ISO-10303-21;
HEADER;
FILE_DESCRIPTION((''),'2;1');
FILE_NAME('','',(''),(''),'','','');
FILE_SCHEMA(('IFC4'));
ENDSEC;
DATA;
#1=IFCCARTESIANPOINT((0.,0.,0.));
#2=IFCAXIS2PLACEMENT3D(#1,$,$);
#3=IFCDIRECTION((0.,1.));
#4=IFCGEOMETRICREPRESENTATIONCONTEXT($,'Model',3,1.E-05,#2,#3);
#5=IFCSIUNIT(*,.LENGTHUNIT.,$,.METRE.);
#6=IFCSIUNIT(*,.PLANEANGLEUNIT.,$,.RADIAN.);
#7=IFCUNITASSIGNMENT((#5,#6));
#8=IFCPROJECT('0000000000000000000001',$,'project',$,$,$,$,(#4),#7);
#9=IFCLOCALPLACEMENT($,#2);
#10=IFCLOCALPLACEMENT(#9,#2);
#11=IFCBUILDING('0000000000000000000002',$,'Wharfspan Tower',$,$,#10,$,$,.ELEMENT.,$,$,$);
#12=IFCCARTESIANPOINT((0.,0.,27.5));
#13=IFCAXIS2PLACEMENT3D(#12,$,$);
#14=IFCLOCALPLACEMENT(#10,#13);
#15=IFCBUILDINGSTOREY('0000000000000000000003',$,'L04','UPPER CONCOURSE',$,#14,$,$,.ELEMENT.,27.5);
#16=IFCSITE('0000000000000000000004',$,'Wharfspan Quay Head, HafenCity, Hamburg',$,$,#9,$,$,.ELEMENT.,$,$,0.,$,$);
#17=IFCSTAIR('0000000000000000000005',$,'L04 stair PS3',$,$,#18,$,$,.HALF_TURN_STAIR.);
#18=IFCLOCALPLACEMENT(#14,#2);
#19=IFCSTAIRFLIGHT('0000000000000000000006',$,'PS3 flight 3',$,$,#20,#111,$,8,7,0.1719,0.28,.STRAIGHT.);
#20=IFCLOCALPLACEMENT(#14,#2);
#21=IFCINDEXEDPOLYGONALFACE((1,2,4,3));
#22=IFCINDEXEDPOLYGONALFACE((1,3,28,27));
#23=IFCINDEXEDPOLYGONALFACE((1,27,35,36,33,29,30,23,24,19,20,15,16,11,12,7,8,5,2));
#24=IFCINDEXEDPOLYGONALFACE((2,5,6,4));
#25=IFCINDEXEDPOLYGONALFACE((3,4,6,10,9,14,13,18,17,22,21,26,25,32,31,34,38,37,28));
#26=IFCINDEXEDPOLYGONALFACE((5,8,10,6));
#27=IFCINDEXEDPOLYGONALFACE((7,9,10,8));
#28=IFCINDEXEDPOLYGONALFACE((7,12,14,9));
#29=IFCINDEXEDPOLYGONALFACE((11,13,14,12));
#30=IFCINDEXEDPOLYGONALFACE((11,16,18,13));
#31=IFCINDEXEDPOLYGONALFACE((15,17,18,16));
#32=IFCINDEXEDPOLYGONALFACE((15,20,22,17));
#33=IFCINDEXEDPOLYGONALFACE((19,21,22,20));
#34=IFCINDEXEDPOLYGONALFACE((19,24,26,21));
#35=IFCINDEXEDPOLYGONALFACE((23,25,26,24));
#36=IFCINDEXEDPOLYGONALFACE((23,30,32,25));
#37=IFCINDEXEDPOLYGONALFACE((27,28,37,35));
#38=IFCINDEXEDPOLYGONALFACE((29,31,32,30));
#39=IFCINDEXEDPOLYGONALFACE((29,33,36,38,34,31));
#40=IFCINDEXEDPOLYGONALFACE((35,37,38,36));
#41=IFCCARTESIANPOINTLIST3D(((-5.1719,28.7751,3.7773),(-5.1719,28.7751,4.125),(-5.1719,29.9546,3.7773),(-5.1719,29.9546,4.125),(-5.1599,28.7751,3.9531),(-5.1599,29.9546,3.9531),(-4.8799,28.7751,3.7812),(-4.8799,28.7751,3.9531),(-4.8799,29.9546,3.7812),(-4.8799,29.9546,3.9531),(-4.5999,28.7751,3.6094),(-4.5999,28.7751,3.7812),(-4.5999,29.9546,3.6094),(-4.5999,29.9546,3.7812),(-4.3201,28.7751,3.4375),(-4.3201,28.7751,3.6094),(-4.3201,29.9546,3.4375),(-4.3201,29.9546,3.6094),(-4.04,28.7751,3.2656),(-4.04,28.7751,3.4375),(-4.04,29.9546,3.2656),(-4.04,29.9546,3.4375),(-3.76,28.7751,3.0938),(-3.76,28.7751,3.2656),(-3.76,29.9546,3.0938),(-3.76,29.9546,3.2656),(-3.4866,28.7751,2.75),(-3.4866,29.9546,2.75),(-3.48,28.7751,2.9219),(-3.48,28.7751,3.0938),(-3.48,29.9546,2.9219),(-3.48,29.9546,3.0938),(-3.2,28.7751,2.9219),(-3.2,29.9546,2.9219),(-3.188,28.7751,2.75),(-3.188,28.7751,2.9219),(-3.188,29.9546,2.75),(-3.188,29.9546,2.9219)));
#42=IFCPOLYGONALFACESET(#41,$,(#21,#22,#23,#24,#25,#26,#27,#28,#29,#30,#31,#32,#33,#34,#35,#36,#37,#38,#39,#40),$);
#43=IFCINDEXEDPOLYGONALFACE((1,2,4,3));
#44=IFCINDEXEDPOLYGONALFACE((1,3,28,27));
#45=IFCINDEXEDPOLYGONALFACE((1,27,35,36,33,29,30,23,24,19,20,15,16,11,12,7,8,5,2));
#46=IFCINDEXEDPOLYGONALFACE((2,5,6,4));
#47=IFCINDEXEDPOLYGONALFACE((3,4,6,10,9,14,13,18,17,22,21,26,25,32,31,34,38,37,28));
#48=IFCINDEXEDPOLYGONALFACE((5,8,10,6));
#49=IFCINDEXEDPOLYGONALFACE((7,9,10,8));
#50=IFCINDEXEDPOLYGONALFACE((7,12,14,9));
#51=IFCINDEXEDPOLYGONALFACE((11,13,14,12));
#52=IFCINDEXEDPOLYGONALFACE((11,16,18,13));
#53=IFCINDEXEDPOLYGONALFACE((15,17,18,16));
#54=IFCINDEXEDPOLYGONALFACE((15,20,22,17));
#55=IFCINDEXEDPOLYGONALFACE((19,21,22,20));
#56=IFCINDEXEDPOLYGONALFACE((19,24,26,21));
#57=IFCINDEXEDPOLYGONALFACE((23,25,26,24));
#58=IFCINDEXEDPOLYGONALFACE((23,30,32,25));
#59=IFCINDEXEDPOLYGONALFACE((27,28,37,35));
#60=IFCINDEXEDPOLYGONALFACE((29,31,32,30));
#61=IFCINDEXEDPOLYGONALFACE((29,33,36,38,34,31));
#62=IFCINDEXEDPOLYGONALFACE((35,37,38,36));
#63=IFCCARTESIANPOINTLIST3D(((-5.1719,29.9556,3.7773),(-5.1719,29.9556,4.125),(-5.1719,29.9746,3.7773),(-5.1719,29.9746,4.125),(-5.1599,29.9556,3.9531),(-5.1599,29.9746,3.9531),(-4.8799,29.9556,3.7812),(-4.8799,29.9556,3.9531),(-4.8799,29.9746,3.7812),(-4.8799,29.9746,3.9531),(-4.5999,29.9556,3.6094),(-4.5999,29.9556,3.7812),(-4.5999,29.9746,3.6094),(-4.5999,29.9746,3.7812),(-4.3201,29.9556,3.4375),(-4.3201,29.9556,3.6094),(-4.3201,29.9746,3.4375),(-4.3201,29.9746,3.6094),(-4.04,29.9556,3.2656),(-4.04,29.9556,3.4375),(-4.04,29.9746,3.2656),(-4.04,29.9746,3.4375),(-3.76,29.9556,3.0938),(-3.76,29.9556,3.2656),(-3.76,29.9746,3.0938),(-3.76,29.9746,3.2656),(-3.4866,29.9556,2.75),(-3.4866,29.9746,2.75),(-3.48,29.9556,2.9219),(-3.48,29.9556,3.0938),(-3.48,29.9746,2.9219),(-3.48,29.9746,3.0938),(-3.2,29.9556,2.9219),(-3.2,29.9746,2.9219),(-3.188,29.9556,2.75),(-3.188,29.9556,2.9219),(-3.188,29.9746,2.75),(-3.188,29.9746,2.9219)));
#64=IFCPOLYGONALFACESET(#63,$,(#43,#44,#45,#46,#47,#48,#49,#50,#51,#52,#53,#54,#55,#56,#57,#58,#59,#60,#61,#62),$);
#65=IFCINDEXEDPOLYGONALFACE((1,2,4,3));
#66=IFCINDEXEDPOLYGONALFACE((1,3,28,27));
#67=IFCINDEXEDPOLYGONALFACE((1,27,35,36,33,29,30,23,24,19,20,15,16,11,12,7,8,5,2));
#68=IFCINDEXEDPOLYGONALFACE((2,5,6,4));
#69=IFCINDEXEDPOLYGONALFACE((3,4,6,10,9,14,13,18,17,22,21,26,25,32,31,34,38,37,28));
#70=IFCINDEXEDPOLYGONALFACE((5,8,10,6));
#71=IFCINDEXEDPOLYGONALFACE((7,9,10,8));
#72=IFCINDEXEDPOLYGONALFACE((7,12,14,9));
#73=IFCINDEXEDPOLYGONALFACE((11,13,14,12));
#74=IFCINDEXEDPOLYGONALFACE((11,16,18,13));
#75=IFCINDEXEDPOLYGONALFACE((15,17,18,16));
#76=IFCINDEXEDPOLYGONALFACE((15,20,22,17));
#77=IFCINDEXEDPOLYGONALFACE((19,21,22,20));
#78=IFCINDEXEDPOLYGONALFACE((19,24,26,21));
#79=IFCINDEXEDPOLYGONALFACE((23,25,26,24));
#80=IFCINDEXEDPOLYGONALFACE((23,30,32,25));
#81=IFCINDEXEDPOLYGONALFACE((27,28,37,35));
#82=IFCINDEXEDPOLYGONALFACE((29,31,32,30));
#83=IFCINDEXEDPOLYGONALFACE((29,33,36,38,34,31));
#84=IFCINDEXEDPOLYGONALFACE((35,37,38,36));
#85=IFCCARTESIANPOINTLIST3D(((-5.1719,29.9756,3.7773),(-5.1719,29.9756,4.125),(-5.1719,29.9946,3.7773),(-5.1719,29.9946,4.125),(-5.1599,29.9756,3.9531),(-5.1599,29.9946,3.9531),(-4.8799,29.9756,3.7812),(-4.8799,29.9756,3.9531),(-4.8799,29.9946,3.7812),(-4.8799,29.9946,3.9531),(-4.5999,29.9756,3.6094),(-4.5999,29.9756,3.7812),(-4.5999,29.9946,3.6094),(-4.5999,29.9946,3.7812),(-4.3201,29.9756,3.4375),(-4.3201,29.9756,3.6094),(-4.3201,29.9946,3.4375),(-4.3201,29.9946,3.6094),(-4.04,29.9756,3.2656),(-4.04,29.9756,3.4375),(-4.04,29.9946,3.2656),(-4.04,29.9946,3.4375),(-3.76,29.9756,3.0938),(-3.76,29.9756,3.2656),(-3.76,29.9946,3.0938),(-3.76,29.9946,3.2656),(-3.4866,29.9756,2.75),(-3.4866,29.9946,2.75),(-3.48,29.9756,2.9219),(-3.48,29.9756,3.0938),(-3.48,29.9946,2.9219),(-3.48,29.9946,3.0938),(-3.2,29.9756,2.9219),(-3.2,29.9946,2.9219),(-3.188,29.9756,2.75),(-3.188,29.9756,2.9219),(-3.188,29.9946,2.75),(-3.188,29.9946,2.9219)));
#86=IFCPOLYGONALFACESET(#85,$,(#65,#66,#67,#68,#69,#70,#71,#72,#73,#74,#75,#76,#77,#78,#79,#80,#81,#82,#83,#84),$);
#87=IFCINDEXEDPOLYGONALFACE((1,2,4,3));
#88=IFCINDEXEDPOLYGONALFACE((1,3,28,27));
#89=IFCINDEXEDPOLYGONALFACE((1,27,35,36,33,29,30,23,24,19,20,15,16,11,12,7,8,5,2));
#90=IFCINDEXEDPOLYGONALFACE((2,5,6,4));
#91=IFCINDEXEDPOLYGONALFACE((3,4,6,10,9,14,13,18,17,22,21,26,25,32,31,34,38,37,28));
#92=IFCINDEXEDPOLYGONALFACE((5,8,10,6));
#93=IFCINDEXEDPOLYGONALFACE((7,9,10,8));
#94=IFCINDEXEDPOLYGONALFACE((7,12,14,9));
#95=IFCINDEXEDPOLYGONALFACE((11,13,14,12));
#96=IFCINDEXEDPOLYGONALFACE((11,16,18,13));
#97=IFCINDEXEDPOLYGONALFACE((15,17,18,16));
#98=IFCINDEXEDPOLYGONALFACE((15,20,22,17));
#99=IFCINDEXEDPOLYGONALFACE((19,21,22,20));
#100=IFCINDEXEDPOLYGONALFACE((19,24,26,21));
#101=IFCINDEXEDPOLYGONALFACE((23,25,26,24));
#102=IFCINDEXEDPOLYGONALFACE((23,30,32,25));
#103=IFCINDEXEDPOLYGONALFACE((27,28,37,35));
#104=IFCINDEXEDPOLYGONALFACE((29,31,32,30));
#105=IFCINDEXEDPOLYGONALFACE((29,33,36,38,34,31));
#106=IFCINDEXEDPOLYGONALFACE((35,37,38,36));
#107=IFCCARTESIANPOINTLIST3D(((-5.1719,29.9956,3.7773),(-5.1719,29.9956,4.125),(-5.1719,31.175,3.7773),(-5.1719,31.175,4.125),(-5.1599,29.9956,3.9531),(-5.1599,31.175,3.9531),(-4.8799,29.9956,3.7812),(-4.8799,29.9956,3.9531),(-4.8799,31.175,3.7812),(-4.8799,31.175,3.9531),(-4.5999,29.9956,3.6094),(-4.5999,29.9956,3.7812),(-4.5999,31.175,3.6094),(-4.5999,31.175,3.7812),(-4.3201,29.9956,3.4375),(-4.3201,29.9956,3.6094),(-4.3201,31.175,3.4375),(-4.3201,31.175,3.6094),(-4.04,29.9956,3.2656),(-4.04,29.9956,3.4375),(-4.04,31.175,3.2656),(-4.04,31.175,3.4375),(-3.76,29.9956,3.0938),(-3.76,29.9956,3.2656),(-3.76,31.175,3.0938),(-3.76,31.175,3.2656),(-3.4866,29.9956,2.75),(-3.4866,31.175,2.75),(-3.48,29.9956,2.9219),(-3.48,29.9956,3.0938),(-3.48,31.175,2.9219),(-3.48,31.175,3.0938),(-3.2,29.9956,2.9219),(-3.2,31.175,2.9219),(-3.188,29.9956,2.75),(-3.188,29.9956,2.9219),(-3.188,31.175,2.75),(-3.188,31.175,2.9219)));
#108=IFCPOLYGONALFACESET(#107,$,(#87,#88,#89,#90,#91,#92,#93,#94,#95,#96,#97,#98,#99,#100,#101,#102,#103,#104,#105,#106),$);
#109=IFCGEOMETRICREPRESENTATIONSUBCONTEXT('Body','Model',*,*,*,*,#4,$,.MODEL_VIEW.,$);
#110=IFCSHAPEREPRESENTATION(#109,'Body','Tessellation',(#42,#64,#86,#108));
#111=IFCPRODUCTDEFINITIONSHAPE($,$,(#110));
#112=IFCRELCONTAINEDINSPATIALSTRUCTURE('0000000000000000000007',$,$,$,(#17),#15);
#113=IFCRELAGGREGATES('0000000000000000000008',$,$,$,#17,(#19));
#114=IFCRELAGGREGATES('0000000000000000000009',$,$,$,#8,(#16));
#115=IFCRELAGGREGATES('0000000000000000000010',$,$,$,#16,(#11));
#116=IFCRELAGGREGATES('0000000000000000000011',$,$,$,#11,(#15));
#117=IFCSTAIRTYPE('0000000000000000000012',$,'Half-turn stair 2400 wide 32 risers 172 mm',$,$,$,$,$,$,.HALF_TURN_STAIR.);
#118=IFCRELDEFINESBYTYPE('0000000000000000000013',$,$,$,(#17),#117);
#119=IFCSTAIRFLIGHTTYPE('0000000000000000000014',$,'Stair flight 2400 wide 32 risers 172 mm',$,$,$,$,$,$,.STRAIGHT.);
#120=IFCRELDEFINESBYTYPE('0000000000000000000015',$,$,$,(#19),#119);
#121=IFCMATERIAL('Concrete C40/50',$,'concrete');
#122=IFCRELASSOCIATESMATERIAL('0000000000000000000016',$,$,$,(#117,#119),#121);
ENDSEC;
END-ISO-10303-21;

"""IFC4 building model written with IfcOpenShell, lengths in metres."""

from ifc_helpers import new_model, si_unit, direction, frame, origin, place, context, subcontext, project, spatial, polyline, outline, extrude, material, type_object, element, aggregate, save


model = new_model("IFC4")

# Units and contexts
model_context = context("Model", 3, precision=1e-05, world=origin(), true_north=direction((0.0, 1.0)))
body_context = subcontext(model_context, "Body", "Model", "MODEL_VIEW")
ifc_project = project(units=[si_unit("LENGTHUNIT", "METRE"), si_unit("PLANEANGLEUNIT", "RADIAN")], contexts=[model_context])

# Site, building, storey
site_placement = place(None, origin())
site = spatial("IfcSite", under=ifc_project, at=site_placement, Name="Wharfspan Quay Head, HafenCity, Hamburg", CompositionType="ELEMENT", RefElevation=0.0)
building_placement = place(site_placement, origin())
building = spatial("IfcBuilding", under=site, at=building_placement, Name="Wharfspan Tower", CompositionType="ELEMENT")
storey_placement = place(building_placement, frame((0.0, 0.0, 27.5)))
storey = spatial("IfcBuildingStorey", under=building, at=storey_placement, Name="L04", Description="UPPER CONCOURSE", CompositionType="ELEMENT", Elevation=27.5)

# Shared definitions
ifc_material_1 = material(Name="Concrete C40/50", Category="concrete")

# Stair, stair flight
stair_type = type_object("IfcStairType", Name="Half-turn stair 2400 wide 32 risers 172 mm", PredefinedType="HALF_TURN_STAIR", material=ifc_material_1)
stair_placement = place(storey_placement, origin())
stair = element("IfcStair", 1, at=stair_placement, inside=storey, type_object=stair_type, Name="L04 stair PS3", PredefinedType="HALF_TURN_STAIR")
stair_flight_type = type_object("IfcStairFlightType", Name="Stair flight 2400 wide 32 risers 172 mm", PredefinedType="STRAIGHT", material=ifc_material_1)
stair_flight_1_placement = place(storey_placement, frame((-3.2, 29.9751, 2.75), z_axis=(0.0, 0.0, 1.0), x_axis=(-1.0, 0.0, 0.0)))
stair_flight_1 = element("IfcStairFlight", 2, at=stair_flight_1_placement, type_object=stair_flight_type, Name="PS3 flight 3", NumberOfRisers=8, NumberOfTreads=7, PredefinedType="STRAIGHT", RiserHeight=0.1719, TreadLength=0.28, context=body_context, shape_type="SweptSolid", body=[
    extrude(outline(polyline([(-0.012, 0.0), (-0.012, 0.1719), (0.0, 0.1719), (0.28, 0.1719), (0.28, 0.3438), (0.5601, 0.3438), (0.5601, 0.5156), (0.8401, 0.5156), (0.8401, 0.6875), (1.1201, 0.6875), (1.1201, 0.8594), (1.3999, 0.8594), (1.3999, 1.0312), (1.6799, 1.0312), (1.6799, 1.2031), (1.96, 1.2031), (1.9719, 1.375), (1.9719, 1.0273), (0.2866, 0.0), (-0.012, 0.0)])), frame((0.0, 1.2, 0.0), z_axis=(0.0, -1.0, 0.0), x_axis=(1.0, 0.0, 0.0)), (0.0, 0.0, 1.0), 1.1794),
    extrude(outline(polyline([(-0.012, 0.0), (-0.012, 0.1719), (0.0, 0.1719), (0.28, 0.1719), (0.28, 0.3438), (0.5601, 0.3438), (0.5601, 0.5156), (0.8401, 0.5156), (0.8401, 0.6875), (1.1201, 0.6875), (1.1201, 0.8594), (1.3999, 0.8594), (1.3999, 1.0312), (1.6799, 1.0312), (1.6799, 1.2031), (1.96, 1.2031), (1.9719, 1.375), (1.9719, 1.0273), (0.2866, 0.0), (-0.012, 0.0)])), frame((0.0, 0.0195, 0.0), z_axis=(0.0, -1.0, 0.0), x_axis=(1.0, 0.0, 0.0)), (0.0, 0.0, 1.0), 0.019),
    extrude(outline(polyline([(-0.012, 0.0), (-0.012, 0.1719), (0.0, 0.1719), (0.28, 0.1719), (0.28, 0.3438), (0.5601, 0.3438), (0.5601, 0.5156), (0.8401, 0.5156), (0.8401, 0.6875), (1.1201, 0.6875), (1.1201, 0.8594), (1.3999, 0.8594), (1.3999, 1.0312), (1.6799, 1.0312), (1.6799, 1.2031), (1.96, 1.2031), (1.9719, 1.375), (1.9719, 1.0273), (0.2866, 0.0), (-0.012, 0.0)])), frame((0.0, -0.0005, 0.0), z_axis=(0.0, -1.0, 0.0), x_axis=(1.0, 0.0, 0.0)), (0.0, 0.0, 1.0), 0.019),
    extrude(outline(polyline([(-0.012, 0.0), (-0.012, 0.1719), (0.0, 0.1719), (0.28, 0.1719), (0.28, 0.3438), (0.5601, 0.3438), (0.5601, 0.5156), (0.8401, 0.5156), (0.8401, 0.6875), (1.1201, 0.6875), (1.1201, 0.8594), (1.3999, 0.8594), (1.3999, 1.0312), (1.6799, 1.0312), (1.6799, 1.2031), (1.96, 1.2031), (1.9719, 1.375), (1.9719, 1.0273), (0.2866, 0.0), (-0.012, 0.0)])), frame((0.0, -0.0205, 0.0), z_axis=(0.0, -1.0, 0.0), x_axis=(1.0, 0.0, 0.0)), (0.0, 0.0, 1.0), 1.1794),
])
aggregate(stair, [stair_flight_1])

save(model, "model.ifc")
